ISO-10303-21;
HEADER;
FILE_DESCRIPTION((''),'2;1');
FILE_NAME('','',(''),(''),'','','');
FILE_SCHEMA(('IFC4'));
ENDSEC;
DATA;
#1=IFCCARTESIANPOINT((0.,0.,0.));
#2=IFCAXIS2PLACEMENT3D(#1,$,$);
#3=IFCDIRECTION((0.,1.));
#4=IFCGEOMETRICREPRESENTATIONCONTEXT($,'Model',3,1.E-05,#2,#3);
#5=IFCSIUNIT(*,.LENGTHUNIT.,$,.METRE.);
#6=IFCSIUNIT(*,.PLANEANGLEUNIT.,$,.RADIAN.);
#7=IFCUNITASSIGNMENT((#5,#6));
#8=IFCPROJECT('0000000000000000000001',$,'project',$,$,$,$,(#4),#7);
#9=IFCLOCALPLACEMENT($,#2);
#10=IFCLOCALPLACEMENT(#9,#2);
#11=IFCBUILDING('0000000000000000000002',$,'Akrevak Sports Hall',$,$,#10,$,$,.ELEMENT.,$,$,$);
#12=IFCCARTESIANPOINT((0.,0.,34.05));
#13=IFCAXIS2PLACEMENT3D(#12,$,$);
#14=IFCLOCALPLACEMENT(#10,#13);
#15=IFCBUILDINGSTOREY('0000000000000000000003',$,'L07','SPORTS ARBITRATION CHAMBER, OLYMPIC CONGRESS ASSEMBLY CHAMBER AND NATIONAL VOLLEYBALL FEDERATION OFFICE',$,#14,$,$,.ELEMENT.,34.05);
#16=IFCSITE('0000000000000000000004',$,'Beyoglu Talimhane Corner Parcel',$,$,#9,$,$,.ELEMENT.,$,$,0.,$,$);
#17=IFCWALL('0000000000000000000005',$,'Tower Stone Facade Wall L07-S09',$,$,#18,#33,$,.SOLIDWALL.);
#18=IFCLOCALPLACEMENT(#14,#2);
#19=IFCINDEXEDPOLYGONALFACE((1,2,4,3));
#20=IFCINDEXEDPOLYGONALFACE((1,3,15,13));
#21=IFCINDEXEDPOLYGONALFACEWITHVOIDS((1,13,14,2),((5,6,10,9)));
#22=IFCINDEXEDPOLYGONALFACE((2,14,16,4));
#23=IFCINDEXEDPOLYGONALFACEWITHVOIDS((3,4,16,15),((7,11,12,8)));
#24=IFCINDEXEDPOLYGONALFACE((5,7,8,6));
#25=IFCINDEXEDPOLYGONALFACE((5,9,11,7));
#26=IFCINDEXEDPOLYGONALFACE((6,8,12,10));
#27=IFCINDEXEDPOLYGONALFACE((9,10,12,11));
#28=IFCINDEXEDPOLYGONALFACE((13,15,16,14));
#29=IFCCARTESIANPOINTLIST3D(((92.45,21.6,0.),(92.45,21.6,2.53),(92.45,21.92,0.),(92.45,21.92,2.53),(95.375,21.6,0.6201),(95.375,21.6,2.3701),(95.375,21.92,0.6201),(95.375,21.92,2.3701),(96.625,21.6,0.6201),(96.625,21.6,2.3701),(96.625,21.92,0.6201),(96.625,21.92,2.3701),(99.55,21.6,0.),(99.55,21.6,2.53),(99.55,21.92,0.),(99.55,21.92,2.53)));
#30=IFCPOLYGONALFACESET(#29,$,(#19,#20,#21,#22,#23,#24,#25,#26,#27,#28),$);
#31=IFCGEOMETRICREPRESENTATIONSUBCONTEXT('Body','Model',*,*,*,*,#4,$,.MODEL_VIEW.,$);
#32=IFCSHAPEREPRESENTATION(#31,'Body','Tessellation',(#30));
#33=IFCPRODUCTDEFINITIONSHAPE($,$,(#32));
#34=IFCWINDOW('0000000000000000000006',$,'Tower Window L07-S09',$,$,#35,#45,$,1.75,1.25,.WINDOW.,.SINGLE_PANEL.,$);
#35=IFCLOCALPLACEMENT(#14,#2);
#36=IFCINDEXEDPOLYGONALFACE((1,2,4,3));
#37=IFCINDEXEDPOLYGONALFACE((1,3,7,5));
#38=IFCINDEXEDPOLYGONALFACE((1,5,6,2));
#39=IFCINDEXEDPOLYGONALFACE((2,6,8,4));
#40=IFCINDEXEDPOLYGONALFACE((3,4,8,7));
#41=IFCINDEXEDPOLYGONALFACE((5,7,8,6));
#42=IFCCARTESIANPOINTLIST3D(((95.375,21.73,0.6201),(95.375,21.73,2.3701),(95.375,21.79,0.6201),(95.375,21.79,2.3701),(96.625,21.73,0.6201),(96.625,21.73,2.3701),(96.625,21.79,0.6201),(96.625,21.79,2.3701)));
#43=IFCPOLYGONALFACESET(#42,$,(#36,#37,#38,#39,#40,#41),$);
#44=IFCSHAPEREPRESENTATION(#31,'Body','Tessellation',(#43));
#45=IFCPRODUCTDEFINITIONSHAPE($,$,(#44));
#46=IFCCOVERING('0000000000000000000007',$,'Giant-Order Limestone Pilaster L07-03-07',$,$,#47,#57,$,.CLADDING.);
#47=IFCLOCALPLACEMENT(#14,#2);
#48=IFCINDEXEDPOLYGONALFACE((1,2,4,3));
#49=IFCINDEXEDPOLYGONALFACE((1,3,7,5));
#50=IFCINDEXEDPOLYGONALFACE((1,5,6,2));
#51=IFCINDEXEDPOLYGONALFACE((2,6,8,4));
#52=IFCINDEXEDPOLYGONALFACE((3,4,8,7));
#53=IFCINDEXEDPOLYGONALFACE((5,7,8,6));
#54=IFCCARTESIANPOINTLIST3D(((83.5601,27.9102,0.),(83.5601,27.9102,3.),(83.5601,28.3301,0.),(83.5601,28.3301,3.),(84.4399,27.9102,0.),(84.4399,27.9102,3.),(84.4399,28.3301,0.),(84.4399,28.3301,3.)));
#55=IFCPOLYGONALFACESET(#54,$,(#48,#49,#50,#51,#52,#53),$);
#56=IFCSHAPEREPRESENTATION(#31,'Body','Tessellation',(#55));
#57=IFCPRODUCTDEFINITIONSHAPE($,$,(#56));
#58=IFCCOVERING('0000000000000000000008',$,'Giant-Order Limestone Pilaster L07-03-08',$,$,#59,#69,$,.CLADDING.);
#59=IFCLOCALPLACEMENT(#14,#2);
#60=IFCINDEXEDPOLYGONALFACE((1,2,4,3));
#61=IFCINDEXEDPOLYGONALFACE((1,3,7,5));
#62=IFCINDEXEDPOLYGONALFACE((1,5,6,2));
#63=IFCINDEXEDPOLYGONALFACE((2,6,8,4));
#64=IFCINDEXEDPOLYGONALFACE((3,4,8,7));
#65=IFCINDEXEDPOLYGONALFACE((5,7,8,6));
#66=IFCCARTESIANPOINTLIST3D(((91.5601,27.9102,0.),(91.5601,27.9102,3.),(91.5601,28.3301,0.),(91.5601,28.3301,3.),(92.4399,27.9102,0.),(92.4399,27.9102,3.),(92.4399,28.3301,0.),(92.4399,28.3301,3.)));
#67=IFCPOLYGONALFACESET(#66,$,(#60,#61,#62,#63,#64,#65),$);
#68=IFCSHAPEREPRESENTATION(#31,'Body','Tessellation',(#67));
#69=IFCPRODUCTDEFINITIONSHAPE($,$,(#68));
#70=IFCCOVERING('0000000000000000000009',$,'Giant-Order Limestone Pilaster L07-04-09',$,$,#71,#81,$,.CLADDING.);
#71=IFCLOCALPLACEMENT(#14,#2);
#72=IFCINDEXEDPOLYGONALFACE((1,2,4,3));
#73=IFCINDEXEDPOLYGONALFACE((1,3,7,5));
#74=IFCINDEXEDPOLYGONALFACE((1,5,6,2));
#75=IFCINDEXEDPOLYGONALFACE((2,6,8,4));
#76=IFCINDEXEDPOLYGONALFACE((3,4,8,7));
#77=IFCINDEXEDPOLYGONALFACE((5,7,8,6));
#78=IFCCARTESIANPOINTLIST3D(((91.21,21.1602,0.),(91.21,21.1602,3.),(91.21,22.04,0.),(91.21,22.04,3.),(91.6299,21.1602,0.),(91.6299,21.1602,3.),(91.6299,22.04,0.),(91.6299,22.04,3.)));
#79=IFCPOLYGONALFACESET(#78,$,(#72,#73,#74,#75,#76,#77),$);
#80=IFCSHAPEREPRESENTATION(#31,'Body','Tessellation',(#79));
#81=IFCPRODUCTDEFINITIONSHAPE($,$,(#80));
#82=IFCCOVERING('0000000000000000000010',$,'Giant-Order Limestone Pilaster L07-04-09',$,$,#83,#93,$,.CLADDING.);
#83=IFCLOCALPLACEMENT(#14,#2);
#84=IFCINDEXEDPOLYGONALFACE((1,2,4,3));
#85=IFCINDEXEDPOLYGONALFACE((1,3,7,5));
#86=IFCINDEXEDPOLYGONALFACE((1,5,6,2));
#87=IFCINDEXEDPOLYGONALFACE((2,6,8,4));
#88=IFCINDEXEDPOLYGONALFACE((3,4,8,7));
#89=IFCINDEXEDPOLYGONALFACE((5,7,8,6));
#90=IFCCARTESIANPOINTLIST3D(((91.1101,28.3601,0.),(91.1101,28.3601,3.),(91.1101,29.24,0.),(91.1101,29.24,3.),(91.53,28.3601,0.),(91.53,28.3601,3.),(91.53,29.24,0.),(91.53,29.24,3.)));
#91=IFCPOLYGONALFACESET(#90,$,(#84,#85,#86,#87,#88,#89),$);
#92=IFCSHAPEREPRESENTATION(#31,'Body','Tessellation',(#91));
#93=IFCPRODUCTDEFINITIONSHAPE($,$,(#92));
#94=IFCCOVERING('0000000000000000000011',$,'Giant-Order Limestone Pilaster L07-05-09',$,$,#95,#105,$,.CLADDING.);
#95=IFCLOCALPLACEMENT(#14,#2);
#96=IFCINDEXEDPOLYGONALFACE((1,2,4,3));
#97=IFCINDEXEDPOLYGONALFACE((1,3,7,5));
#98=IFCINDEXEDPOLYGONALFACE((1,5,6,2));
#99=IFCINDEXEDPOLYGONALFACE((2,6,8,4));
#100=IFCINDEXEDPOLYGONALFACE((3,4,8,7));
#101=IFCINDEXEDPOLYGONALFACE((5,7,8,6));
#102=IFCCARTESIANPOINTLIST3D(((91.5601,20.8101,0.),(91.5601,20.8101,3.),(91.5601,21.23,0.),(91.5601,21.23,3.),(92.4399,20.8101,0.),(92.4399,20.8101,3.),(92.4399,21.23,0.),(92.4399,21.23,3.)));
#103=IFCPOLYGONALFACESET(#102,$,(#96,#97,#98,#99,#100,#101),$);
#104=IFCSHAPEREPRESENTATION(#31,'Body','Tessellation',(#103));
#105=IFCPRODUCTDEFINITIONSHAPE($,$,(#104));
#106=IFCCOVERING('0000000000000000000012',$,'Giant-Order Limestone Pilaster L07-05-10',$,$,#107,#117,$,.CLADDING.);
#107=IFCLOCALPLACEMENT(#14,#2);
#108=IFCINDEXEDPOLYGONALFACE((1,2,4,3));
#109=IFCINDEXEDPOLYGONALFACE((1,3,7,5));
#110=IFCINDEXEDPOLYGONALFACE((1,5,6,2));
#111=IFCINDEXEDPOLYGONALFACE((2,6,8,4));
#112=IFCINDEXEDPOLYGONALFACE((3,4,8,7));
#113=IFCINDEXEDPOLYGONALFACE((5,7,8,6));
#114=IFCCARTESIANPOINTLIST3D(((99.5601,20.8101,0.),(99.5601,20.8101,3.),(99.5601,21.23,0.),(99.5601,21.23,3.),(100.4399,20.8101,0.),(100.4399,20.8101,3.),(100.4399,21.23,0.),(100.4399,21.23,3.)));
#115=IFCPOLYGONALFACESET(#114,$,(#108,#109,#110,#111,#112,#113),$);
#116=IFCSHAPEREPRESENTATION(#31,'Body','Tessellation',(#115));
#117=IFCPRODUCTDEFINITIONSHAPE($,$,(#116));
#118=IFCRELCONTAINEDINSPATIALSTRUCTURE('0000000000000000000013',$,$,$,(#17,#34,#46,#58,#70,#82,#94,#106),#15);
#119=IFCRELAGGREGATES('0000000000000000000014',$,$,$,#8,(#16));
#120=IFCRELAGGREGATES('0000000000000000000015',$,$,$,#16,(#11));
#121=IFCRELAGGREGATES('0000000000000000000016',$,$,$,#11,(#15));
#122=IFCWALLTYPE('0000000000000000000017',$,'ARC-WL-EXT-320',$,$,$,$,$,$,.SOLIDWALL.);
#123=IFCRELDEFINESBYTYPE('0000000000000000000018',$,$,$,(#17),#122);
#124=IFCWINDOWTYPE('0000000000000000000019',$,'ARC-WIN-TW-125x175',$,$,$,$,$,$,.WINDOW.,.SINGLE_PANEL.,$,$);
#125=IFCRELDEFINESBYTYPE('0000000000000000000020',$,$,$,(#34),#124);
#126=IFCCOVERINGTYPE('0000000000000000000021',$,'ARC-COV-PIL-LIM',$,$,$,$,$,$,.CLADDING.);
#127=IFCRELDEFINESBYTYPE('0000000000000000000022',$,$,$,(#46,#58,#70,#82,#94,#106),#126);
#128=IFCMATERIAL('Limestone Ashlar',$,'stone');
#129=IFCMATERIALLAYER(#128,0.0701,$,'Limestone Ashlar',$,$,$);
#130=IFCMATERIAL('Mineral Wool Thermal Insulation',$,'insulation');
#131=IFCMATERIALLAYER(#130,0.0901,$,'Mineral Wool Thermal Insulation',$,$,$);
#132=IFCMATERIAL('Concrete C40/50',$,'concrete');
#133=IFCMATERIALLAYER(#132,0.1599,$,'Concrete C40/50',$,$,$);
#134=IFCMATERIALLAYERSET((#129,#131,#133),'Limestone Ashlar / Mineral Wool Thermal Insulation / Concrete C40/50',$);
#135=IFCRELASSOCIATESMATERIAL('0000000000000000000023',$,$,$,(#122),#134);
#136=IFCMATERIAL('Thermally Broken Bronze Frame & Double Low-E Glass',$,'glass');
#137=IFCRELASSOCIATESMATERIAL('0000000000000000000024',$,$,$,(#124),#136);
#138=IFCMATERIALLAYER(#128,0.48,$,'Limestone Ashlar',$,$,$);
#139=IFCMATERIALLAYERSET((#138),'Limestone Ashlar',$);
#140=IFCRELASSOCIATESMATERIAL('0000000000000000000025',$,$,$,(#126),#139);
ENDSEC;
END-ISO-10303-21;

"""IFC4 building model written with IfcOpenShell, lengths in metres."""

from ifc_helpers import new_model, si_unit, direction, frame, frame_2d, origin, origin_2d, place, context, subcontext, project, spatial, rectangle, extrude, material, layer, layer_set, type_object, element, fill, save


model = new_model("IFC4")

# Units and contexts
model_context = context("Model", 3, precision=1e-05, world=origin(), true_north=direction((0.0, 1.0)))
body_context = subcontext(model_context, "Body", "Model", "MODEL_VIEW")
ifc_project = project(units=[si_unit("LENGTHUNIT", "METRE"), si_unit("PLANEANGLEUNIT", "RADIAN")], contexts=[model_context])

# Site, building, storey
site_placement = place(None, origin())
site = spatial("IfcSite", under=ifc_project, at=site_placement, Name="Beyoglu Talimhane Corner Parcel", CompositionType="ELEMENT", RefElevation=0.0)
building_placement = place(site_placement, origin())
building = spatial("IfcBuilding", under=site, at=building_placement, Name="Akrevak Sports Hall", CompositionType="ELEMENT")
storey_placement = place(building_placement, frame((0.0, 0.0, 34.05)))
storey = spatial("IfcBuildingStorey", under=building, at=storey_placement, Name="L07", Description="SPORTS ARBITRATION CHAMBER, OLYMPIC CONGRESS ASSEMBLY CHAMBER AND NATIONAL VOLLEYBALL FEDERATION OFFICE", CompositionType="ELEMENT", Elevation=34.05)

# Shared definitions
ifc_material_1 = material(Name="Concrete C40/50", Category="concrete")

# Wall, opening, window
ifc_material_2 = material(Name="Limestone Ashlar", Category="stone")
ifc_layer_1 = layer(ifc_material_2, 0.0701, Name="Limestone Ashlar")
ifc_material_3 = material(Name="Mineral Wool Thermal Insulation", Category="insulation")
ifc_layer_2 = layer(ifc_material_3, 0.0901, Name="Mineral Wool Thermal Insulation")
ifc_layer_3 = layer(ifc_material_1, 0.1599, Name="Concrete C40/50")
ifc_layer_set_1 = layer_set([ifc_layer_1, ifc_layer_2, ifc_layer_3], Name="Limestone Ashlar / Mineral Wool Thermal Insulation / Concrete C40/50")
wall_type = type_object("IfcWallType", Name="ARC-WL-EXT-320", PredefinedType="SOLIDWALL", material=ifc_layer_set_1)
ifc_material_4 = material(Name="Thermally Broken Bronze Frame & Double Low-E Glass", Category="glass")
wall_1_placement = place(storey_placement, frame((92.45, 21.76, 0.0), z_axis=(0.0, 0.0, 1.0), x_axis=(1.0, 0.0, 0.0)))
wall_1 = element("IfcWall", 1, at=wall_1_placement, inside=storey, type_object=wall_type, Name="Tower Stone Facade Wall L07-S09", PredefinedType="SOLIDWALL", context=body_context, shape_type="SweptSolid", body=[
    extrude(rectangle(XDim=7.1001, YDim=0.3201, at=frame_2d((3.55, 0.0))), origin(), (0.0, 0.0, 1.0), 2.53),
])
opening_1_placement = place(wall_1_placement, frame((2.925, 0.0, 0.6201)))
opening_1 = element("IfcOpeningElement", 2, at=opening_1_placement, cuts=wall_1, PredefinedType="OPENING", context=body_context, shape_type="SweptSolid", body=[
    extrude(rectangle(XDim=1.25, YDim=1.75, at=frame_2d((0.625, 0.875))), frame((0.0, 0.1719, 0.0), z_axis=(0.0, -1.0, 0.0), x_axis=(1.0, 0.0, 0.0)), (0.0, 0.0, 1.0), 0.344),
])
window_type_1 = type_object("IfcWindowType", Name="ARC-WIN-TW-125x175", PartitioningType="SINGLE_PANEL", PredefinedType="WINDOW", material=ifc_material_4)
window_1_placement = place(opening_1_placement, origin())
window_1 = element("IfcWindow", 3, at=window_1_placement, inside=storey, type_object=window_type_1, Name="Tower Window L07-S09", OverallHeight=1.75, OverallWidth=1.25, PartitioningType="SINGLE_PANEL", PredefinedType="WINDOW", context=body_context, shape_type="SweptSolid", body=[
    extrude(rectangle(XDim=1.25, YDim=1.75, at=frame_2d((0.625, 0.875))), frame((0.0, 0.03, 0.0), z_axis=(0.0, -1.0, 0.0), x_axis=(1.0, 0.0, 0.0)), (0.0, 0.0, 1.0), 0.0601),
])
fill(opening_1, window_1)

# Coverings
ifc_layer_4 = layer(ifc_material_2, 0.48, Name="Limestone Ashlar")
ifc_layer_set_2 = layer_set([ifc_layer_4], Name="Limestone Ashlar")
covering_type = type_object("IfcCoveringType", Name="ARC-COV-PIL-LIM", PredefinedType="CLADDING", material=ifc_layer_set_2)
for number, where, z_axis, x_axis, name in (
    (4, (84.0, 28.1201, 0.0), (0.0, 0.0, 1.0), (1.0, 0.0, 0.0), "Giant-Order Limestone Pilaster L07-03-07"),
    (5, (92.0, 28.1201, 0.0), (0.0, 0.0, 1.0), (1.0, 0.0, 0.0), "Giant-Order Limestone Pilaster L07-03-08"),
    (6, (91.4199, 21.6001, 0.0), (0.0, 0.0, 1.0), (0.0, -1.0, 0.0), "Giant-Order Limestone Pilaster L07-04-09"),
    (7, (91.3201, 28.8, 0.0), (0.0, 0.0, 1.0), (0.0, -1.0, 0.0), "Giant-Order Limestone Pilaster L07-04-09"),
    (8, (92.0, 21.02, 0.0), (0.0, 0.0, 1.0), (1.0, 0.0, 0.0), "Giant-Order Limestone Pilaster L07-05-09"),
    (9, (100.0, 21.02, 0.0), (0.0, 0.0, 1.0), (1.0, 0.0, 0.0), "Giant-Order Limestone Pilaster L07-05-10"),
):
    element("IfcCovering", number, at=place(storey_placement, frame(where, z_axis=z_axis, x_axis=x_axis)), inside=storey, type_object=covering_type, Name=name, PredefinedType="CLADDING", context=body_context, shape_type="SweptSolid", body=[
        extrude(rectangle(XDim=0.8799, YDim=0.4199, at=origin_2d()), origin(), (0.0, 0.0, 1.0), 3.0),
    ])

save(model, "model.ifc")
